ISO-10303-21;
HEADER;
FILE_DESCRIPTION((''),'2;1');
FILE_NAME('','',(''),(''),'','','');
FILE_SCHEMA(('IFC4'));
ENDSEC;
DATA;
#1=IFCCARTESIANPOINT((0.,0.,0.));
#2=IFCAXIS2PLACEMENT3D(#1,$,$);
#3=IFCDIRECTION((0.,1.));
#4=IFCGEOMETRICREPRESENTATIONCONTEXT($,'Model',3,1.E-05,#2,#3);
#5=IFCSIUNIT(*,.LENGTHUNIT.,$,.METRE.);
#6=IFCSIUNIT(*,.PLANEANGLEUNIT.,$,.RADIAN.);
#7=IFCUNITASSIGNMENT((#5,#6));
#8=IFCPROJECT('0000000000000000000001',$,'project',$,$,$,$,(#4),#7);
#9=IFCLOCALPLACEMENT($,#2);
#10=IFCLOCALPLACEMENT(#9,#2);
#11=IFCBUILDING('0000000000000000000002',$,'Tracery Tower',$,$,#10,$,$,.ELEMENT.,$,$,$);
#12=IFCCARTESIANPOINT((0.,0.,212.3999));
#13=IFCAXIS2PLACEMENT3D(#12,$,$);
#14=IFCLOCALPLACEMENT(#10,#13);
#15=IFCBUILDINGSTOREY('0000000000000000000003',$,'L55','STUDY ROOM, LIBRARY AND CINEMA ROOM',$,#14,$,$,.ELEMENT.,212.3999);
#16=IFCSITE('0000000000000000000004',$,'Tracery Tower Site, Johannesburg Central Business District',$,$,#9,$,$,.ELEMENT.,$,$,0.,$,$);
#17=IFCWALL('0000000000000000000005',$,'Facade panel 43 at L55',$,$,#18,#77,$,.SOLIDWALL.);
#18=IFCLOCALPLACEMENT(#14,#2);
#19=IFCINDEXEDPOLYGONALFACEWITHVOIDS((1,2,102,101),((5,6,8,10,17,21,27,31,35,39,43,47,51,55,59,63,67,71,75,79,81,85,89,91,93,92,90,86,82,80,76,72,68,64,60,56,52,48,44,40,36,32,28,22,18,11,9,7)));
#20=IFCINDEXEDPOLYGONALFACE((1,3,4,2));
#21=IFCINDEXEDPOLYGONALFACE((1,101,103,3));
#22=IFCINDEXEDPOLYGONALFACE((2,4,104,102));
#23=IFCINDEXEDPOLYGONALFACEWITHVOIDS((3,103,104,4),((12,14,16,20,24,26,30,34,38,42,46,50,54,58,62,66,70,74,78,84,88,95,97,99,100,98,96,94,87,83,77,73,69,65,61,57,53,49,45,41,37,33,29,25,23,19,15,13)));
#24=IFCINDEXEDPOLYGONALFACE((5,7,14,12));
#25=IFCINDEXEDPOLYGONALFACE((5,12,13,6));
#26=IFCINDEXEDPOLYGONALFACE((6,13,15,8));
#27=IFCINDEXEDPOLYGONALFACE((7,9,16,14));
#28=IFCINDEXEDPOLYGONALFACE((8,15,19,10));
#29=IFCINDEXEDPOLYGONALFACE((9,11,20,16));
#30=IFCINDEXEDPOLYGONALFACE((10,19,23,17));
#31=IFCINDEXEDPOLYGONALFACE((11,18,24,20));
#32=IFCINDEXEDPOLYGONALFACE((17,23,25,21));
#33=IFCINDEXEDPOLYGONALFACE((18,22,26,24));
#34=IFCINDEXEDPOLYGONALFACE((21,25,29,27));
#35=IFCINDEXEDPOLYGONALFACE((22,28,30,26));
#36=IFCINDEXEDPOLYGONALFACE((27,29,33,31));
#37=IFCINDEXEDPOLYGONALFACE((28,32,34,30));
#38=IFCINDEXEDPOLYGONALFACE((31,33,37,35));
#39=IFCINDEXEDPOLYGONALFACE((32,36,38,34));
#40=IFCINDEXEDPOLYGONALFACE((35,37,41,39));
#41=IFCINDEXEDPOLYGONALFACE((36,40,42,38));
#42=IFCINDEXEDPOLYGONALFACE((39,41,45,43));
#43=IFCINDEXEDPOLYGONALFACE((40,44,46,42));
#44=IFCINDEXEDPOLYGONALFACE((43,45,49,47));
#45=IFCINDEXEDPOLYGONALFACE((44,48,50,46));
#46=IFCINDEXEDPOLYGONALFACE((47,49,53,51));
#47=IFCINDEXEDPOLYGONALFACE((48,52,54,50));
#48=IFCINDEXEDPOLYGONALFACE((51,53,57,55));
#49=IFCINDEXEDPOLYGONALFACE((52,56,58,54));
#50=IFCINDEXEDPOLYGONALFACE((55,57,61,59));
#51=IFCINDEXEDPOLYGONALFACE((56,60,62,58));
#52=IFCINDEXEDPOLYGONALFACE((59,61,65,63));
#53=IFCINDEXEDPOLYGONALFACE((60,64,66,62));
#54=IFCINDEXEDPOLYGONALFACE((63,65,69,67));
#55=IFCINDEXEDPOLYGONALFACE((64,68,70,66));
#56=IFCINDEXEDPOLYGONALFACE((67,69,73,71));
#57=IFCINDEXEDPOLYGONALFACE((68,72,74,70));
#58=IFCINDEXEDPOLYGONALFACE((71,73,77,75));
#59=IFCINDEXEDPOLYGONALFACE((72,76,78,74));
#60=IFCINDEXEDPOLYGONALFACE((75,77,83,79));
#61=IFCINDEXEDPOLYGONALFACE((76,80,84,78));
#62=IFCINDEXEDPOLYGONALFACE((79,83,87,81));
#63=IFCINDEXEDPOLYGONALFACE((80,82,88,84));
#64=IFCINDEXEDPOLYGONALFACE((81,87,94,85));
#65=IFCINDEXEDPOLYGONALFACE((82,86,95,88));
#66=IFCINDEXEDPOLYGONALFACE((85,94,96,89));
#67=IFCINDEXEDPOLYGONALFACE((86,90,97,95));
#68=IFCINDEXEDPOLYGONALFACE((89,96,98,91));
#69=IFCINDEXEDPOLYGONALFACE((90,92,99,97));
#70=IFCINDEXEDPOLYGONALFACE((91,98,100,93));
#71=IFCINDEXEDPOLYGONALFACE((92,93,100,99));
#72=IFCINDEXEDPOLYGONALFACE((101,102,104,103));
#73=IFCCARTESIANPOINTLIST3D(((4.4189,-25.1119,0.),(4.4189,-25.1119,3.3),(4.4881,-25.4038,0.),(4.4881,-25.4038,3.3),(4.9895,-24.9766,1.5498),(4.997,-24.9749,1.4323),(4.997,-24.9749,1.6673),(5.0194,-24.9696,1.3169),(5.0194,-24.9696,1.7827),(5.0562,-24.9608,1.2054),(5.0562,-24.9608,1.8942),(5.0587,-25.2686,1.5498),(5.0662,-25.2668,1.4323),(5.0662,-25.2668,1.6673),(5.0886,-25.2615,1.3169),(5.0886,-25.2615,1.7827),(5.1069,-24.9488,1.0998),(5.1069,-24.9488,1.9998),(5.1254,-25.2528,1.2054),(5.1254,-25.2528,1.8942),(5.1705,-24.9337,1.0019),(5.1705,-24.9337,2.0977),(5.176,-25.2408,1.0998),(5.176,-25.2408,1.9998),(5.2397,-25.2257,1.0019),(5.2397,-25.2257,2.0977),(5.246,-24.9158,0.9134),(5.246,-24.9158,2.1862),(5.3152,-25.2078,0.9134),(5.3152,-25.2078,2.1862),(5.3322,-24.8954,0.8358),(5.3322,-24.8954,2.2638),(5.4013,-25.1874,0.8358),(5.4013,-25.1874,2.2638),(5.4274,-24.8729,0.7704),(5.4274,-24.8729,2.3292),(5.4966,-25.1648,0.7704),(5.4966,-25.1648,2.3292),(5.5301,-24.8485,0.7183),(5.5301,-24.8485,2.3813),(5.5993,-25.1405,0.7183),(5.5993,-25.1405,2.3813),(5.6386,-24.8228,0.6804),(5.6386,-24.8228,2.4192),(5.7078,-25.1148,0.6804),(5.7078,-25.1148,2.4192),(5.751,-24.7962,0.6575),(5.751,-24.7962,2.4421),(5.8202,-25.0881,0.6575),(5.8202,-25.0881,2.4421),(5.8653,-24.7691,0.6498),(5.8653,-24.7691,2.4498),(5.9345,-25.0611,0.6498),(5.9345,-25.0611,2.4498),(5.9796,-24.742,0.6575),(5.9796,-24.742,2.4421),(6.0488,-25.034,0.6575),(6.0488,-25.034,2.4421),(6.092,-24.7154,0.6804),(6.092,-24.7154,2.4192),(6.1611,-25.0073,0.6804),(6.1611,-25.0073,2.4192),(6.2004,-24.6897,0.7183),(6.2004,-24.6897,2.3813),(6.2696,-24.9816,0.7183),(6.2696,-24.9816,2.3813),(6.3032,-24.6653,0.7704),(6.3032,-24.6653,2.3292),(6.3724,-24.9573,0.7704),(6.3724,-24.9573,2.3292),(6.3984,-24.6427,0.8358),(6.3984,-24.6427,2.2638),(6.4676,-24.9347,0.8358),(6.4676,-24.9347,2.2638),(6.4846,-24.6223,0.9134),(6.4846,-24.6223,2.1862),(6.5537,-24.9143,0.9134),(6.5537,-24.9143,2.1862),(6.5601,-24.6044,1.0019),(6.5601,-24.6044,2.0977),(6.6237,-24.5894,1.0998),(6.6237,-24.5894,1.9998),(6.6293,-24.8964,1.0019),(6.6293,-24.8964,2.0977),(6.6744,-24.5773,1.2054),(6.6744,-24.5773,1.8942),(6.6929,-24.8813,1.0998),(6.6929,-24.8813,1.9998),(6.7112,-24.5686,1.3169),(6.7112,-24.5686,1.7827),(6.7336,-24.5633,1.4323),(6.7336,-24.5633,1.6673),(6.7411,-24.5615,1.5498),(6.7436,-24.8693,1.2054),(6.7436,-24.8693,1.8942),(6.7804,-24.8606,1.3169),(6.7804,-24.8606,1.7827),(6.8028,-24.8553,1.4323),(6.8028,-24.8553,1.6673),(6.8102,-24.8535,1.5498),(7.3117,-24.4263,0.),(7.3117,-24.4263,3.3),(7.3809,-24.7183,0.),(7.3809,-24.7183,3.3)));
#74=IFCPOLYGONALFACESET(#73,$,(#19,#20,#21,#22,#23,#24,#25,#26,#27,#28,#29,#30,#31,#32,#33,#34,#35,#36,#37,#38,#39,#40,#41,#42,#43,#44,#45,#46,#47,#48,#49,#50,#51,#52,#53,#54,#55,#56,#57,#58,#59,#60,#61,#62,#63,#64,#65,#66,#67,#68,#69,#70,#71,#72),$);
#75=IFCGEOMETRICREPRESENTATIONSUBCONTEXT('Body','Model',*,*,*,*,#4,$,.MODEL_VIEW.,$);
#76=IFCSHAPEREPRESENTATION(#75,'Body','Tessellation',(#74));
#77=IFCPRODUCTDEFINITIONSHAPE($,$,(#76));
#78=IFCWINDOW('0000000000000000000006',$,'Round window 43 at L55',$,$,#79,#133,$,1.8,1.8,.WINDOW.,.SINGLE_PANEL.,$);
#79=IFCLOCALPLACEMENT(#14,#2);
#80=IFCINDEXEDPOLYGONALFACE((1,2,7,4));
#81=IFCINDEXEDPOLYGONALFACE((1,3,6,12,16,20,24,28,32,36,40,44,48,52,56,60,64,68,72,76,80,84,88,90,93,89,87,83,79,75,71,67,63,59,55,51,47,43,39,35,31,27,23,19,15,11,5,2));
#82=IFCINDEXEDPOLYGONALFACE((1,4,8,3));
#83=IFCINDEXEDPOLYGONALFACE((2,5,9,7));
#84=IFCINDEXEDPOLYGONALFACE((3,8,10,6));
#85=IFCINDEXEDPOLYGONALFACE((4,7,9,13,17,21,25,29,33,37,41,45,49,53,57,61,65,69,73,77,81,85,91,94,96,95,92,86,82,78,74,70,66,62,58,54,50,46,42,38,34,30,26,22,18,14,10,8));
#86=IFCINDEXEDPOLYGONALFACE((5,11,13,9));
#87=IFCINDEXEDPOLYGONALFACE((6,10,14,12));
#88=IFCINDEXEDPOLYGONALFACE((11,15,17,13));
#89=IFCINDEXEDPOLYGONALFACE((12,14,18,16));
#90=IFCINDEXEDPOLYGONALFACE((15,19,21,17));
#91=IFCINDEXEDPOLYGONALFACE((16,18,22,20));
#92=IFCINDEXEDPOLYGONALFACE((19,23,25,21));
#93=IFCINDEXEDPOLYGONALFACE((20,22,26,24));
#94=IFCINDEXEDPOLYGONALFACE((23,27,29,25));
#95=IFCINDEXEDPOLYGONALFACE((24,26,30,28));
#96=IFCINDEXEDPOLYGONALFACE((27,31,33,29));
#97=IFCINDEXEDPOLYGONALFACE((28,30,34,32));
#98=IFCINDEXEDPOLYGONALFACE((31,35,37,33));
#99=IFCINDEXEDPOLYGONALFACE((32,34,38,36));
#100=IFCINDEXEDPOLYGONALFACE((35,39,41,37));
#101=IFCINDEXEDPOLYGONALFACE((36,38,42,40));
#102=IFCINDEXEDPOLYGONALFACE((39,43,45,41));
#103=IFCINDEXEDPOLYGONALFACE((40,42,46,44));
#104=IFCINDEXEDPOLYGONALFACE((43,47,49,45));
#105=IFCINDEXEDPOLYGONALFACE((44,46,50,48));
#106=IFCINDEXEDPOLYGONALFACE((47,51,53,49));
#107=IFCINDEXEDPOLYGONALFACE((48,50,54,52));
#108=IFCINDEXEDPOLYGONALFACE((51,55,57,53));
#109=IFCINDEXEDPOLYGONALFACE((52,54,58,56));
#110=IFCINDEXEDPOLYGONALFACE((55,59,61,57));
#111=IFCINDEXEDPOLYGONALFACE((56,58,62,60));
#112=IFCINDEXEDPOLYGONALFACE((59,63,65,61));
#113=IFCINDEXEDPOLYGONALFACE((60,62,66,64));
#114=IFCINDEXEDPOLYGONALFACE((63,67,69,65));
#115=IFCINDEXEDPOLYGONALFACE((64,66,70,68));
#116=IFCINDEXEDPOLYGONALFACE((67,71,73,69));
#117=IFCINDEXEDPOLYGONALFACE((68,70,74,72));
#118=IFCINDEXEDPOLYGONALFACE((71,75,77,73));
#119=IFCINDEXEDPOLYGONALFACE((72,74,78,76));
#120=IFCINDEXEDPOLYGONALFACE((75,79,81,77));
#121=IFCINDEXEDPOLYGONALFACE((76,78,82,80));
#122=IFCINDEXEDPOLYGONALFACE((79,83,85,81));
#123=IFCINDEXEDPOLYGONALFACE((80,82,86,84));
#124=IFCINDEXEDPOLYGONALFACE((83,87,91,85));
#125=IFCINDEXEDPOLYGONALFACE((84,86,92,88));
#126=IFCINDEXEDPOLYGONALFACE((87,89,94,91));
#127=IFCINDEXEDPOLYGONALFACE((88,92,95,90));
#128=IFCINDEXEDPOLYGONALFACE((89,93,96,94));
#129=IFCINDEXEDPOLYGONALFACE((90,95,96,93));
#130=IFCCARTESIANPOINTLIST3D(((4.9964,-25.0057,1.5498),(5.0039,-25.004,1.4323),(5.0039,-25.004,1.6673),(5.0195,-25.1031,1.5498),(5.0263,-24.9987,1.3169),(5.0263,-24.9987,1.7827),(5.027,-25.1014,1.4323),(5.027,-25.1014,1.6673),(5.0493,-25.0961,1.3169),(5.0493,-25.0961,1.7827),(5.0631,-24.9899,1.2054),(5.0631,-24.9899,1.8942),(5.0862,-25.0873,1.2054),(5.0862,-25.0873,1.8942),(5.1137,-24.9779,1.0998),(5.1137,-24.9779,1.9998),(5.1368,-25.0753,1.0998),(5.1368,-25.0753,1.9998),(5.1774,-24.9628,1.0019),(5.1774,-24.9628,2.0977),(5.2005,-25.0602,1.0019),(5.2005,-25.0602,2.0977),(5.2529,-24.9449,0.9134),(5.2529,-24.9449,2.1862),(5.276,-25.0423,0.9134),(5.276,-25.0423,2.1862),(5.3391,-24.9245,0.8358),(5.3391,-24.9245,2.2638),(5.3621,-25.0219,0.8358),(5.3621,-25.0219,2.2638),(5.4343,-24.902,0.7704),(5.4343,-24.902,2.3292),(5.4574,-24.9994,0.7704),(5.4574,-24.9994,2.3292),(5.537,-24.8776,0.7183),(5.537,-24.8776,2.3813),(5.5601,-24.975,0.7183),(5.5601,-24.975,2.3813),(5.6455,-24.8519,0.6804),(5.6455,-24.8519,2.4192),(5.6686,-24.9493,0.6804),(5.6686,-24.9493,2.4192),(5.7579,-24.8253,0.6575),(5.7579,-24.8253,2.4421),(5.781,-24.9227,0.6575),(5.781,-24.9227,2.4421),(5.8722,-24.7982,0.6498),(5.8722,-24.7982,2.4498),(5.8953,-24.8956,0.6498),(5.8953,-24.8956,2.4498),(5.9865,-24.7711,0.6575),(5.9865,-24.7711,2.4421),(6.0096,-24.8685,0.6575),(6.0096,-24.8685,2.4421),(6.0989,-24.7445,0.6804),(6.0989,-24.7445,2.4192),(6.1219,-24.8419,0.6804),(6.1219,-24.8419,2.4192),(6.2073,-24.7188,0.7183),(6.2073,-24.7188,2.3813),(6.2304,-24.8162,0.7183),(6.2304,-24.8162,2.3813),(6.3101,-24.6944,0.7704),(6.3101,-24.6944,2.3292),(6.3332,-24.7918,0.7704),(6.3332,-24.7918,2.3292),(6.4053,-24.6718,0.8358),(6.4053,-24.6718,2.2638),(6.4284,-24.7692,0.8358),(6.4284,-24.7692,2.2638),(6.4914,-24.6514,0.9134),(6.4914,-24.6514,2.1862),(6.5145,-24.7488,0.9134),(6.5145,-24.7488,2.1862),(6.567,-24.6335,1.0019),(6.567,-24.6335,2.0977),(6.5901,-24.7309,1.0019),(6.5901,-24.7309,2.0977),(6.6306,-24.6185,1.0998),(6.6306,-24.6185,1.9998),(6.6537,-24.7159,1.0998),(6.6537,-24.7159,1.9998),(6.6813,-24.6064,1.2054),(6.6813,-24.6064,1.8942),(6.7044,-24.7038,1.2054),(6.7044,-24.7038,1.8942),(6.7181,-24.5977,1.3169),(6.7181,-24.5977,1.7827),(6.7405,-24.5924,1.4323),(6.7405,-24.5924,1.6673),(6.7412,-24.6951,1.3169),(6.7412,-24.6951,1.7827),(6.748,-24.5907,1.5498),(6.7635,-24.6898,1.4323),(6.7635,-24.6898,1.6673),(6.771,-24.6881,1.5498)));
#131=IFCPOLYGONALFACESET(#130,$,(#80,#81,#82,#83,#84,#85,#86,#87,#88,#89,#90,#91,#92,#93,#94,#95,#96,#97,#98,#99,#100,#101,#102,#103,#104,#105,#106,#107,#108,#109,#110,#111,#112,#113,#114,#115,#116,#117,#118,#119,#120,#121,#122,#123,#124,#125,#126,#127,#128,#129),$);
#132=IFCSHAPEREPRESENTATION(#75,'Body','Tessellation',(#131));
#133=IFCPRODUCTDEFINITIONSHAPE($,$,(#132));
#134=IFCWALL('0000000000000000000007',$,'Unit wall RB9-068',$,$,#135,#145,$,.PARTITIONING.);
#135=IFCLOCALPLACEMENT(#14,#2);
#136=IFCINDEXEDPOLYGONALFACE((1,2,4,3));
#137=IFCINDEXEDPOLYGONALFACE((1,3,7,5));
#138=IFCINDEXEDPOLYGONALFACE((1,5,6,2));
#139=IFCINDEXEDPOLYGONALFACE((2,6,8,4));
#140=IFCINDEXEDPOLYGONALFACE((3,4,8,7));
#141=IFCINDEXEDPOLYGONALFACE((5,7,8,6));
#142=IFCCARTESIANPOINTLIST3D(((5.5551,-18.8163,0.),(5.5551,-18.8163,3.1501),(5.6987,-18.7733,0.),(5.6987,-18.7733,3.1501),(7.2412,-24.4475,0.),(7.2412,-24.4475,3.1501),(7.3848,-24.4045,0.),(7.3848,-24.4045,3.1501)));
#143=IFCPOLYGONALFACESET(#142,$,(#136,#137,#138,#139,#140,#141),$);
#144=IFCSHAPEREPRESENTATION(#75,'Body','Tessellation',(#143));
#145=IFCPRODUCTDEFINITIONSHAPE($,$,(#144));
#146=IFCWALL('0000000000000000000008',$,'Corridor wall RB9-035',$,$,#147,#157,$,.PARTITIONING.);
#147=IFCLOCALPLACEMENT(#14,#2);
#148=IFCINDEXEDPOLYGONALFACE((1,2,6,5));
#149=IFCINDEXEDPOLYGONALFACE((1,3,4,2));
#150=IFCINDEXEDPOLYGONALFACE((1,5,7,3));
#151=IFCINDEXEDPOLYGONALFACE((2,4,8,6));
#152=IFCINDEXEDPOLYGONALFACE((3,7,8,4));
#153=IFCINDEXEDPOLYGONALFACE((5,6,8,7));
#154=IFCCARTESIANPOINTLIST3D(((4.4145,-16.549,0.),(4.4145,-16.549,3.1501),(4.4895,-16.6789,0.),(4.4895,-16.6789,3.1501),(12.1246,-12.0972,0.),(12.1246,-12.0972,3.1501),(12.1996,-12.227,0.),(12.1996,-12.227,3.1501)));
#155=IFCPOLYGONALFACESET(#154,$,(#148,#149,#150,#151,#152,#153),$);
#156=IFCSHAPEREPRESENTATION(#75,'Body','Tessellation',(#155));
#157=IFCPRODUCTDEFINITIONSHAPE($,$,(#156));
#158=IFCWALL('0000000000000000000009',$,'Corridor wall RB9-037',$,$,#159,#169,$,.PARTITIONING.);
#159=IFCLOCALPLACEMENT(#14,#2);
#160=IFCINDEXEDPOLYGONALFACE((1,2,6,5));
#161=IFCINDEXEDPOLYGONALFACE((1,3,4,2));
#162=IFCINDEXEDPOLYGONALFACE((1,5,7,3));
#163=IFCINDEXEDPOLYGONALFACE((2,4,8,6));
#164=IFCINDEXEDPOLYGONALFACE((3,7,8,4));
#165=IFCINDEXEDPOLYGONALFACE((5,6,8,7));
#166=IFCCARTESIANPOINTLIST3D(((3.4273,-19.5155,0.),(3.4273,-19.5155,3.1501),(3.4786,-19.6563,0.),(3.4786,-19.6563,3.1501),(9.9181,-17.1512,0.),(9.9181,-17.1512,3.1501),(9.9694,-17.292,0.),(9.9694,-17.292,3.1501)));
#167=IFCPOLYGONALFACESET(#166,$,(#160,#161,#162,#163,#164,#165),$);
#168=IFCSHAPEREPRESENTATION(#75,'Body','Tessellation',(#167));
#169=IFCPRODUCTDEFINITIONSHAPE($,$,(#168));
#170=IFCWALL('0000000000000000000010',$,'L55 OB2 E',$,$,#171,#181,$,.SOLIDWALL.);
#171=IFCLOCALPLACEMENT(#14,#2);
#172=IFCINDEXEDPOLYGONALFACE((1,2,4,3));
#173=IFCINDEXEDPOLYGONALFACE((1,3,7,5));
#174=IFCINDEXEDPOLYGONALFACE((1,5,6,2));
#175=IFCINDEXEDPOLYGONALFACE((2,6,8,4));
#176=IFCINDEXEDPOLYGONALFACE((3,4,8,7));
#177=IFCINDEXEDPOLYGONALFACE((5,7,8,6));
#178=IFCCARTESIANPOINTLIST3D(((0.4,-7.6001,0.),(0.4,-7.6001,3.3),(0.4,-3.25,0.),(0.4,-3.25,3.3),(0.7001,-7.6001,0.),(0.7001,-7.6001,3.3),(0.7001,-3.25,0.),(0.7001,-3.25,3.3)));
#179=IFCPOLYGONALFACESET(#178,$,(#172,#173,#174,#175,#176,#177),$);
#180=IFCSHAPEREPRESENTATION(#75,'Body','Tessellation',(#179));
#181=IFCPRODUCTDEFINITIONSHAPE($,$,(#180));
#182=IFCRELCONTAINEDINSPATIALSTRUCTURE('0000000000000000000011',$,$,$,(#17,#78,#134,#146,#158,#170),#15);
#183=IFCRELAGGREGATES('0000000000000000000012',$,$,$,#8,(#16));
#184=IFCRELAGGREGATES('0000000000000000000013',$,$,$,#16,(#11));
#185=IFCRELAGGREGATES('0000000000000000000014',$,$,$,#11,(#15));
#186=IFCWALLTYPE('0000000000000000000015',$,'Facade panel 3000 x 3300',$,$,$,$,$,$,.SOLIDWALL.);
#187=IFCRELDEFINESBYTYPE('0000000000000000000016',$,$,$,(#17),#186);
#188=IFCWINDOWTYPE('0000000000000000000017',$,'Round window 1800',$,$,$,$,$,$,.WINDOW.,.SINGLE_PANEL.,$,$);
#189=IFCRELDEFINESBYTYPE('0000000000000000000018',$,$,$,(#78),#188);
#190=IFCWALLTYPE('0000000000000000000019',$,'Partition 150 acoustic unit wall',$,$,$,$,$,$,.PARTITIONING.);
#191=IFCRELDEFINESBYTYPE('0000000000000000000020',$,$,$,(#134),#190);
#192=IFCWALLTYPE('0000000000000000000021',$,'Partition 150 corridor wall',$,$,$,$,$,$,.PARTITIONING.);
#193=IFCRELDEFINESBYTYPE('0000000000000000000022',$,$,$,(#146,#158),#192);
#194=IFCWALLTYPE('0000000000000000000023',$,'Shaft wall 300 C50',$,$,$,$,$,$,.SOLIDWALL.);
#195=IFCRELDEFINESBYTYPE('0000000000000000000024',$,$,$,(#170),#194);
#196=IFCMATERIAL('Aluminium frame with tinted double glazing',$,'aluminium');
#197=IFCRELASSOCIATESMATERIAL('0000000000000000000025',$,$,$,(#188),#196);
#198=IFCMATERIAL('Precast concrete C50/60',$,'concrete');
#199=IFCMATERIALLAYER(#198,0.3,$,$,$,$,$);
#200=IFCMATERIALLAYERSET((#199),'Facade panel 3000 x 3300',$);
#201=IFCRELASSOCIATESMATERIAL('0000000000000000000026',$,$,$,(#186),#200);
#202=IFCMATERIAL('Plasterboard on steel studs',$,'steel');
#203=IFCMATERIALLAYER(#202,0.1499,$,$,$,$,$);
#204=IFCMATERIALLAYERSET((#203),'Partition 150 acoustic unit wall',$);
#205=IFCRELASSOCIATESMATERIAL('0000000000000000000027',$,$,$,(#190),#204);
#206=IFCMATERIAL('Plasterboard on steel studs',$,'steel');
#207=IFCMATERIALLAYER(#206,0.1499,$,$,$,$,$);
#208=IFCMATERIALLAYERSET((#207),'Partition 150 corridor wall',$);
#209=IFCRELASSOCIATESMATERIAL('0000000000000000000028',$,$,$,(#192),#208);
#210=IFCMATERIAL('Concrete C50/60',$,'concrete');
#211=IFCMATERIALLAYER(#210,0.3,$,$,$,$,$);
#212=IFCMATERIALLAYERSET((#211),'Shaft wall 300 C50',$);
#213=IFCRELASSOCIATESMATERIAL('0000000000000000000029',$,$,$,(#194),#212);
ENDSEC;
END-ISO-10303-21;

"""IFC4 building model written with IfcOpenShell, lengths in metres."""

from ifc_helpers import new_model, si_unit, direction, frame, frame_2d, origin, origin_2d, place, context, subcontext, project, spatial, rectangle, circle, extrude, material, layer, layer_set, type_object, element, fill, save


model = new_model("IFC4")

# Units and contexts
model_context = context("Model", 3, precision=1e-05, world=origin(), true_north=direction((0.0, 1.0)))
body_context = subcontext(model_context, "Body", "Model", "MODEL_VIEW")
ifc_project = project(units=[si_unit("LENGTHUNIT", "METRE"), si_unit("PLANEANGLEUNIT", "RADIAN")], contexts=[model_context])

# Site, building, storey
site_placement = place(None, origin())
site = spatial("IfcSite", under=ifc_project, at=site_placement, Name="Tracery Tower Site, Johannesburg Central Business District", CompositionType="ELEMENT", RefElevation=0.0)
building_placement = place(site_placement, origin())
building = spatial("IfcBuilding", under=site, at=building_placement, Name="Tracery Tower", CompositionType="ELEMENT")
storey_placement = place(building_placement, frame((0.0, 0.0, 212.3999)))
storey = spatial("IfcBuildingStorey", under=building, at=storey_placement, Name="L55", Description="STUDY ROOM, LIBRARY AND CINEMA ROOM", CompositionType="ELEMENT", Elevation=212.3999)

# Wall, opening, window
ifc_material_1 = material(Name="Aluminium frame with tinted double glazing", Category="aluminium")
window_type = type_object("IfcWindowType", Name="Round window 1800", PartitioningType="SINGLE_PANEL", PredefinedType="WINDOW", material=ifc_material_1)
ifc_material_2 = material(Name="Precast concrete C50/60", Category="concrete")
ifc_layer_1 = layer(ifc_material_2, 0.3)
ifc_layer_set_1 = layer_set([ifc_layer_1], Name="Facade panel 3000 x 3300")
wall_type_1 = type_object("IfcWallType", Name="Facade panel 3000 x 3300", PredefinedType="SOLIDWALL", material=ifc_layer_set_1)
wall_1_placement = place(storey_placement, frame((4.4536, -25.2578, 0.0), z_axis=(0.0, 0.0, 1.0), x_axis=(0.97305, 0.230595, 0.0)))
wall_1 = element("IfcWall", 1, at=wall_1_placement, inside=storey, type_object=wall_type_1, Name="Facade panel 43 at L55", PredefinedType="SOLIDWALL", context=body_context, shape_type="SweptSolid", body=[
    extrude(rectangle(XDim=2.9729, YDim=0.3, at=frame_2d((1.4863, 0.0))), origin(), (0.0, 0.0, 1.0), 3.3),
])
opening_1_placement = place(wall_1_placement, frame((1.4863, 0.0, 1.5498)))
opening_1 = element("IfcOpeningElement", 2, at=opening_1_placement, cuts=wall_1, PredefinedType="OPENING", context=body_context, shape_type="SweptSolid", body=[
    extrude(circle(Radius=0.9, at=origin_2d()), frame((0.0, 0.1599, 0.0), z_axis=(0.0, -1.0, 0.0), x_axis=(1.0, 0.0, 0.0)), (0.0, 0.0, 1.0), 0.3201),
])
window_1_placement = place(opening_1_placement, origin())
window_1 = element("IfcWindow", 3, at=window_1_placement, inside=storey, type_object=window_type, Name="Round window 43 at L55", OverallHeight=1.8, OverallWidth=1.8, PartitioningType="SINGLE_PANEL", PredefinedType="WINDOW", context=body_context, shape_type="SweptSolid", body=[
    extrude(circle(Radius=0.9, at=origin_2d()), frame((0.0, 0.1201, 0.0), z_axis=(0.0, -1.0, 0.0), x_axis=(1.0, 0.0, 0.0)), (0.0, 0.0, 1.0), 0.1001),
])
fill(opening_1, window_1)

# Walls
ifc_material_3 = material(Name="Plasterboard on steel studs", Category="steel")
ifc_layer_2 = layer(ifc_material_3, 0.1499)
ifc_layer_set_2 = layer_set([ifc_layer_2], Name="Partition 150 acoustic unit wall")
wall_type_2 = type_object("IfcWallType", Name="Partition 150 acoustic unit wall", PredefinedType="PARTITIONING", material=ifc_layer_set_2)
wall_2_placement = place(storey_placement, frame((5.627, -18.7949, 0.0), z_axis=(0.0, 0.0, 1.0), x_axis=(0.286833, -0.95798, 0.0)))
element("IfcWall", 4, at=wall_2_placement, inside=storey, type_object=wall_type_2, Name="Unit wall RB9-068", PredefinedType="PARTITIONING", context=body_context, shape_type="SweptSolid", body=[
    extrude(rectangle(XDim=5.8782, YDim=0.1499, at=frame_2d((2.939, 0.0))), origin(), (0.0, 0.0, 1.0), 3.1501),
])
ifc_material_4 = material(Name="Plasterboard on steel studs", Category="steel")
ifc_layer_3 = layer(ifc_material_4, 0.1499)
ifc_layer_set_3 = layer_set([ifc_layer_3], Name="Partition 150 corridor wall")
wall_type_3 = type_object("IfcWallType", Name="Partition 150 corridor wall", PredefinedType="PARTITIONING", material=ifc_layer_set_3)
wall_3_placement = place(storey_placement, frame((4.4519, -16.614, 0.0), z_axis=(0.0, 0.0, 1.0), x_axis=(0.866005, 0.500035, 0.0)))
element("IfcWall", 5, at=wall_3_placement, inside=storey, type_object=wall_type_3, Name="Corridor wall RB9-035", PredefinedType="PARTITIONING", context=body_context, shape_type="SweptSolid", body=[
    extrude(rectangle(XDim=8.9031, YDim=0.1499, at=frame_2d((4.4517, 0.0))), origin(), (0.0, 0.0, 1.0), 3.1501),
])
wall_4_placement = place(storey_placement, frame((3.4529, -19.5859, 0.0), z_axis=(0.0, 0.0, 1.0), x_axis=(0.939608, 0.342254, 0.0)))
element("IfcWall", 6, at=wall_4_placement, inside=storey, type_object=wall_type_3, Name="Corridor wall RB9-037", PredefinedType="PARTITIONING", context=body_context, shape_type="SweptSolid", body=[
    extrude(rectangle(XDim=6.908, YDim=0.1499, at=frame_2d((3.4541, 0.0))), origin(), (0.0, 0.0, 1.0), 3.1501),
])
ifc_material_5 = material(Name="Concrete C50/60", Category="concrete")
ifc_layer_4 = layer(ifc_material_5, 0.3)
ifc_layer_set_4 = layer_set([ifc_layer_4], Name="Shaft wall 300 C50")
wall_type_4 = type_object("IfcWallType", Name="Shaft wall 300 C50", PredefinedType="SOLIDWALL", material=ifc_layer_set_4)
wall_5_placement = place(storey_placement, frame((0.55, -7.6001, 0.0), z_axis=(0.0, 0.0, 1.0), x_axis=(0.0, 1.0, 0.0)))
element("IfcWall", 7, at=wall_5_placement, inside=storey, type_object=wall_type_4, Name="L55 OB2 E", PredefinedType="SOLIDWALL", context=body_context, shape_type="SweptSolid", body=[
    extrude(rectangle(XDim=4.3501, YDim=0.3, at=frame_2d((2.175, 0.0))), origin(), (0.0, 0.0, 1.0), 3.3),
])

save(model, "model.ifc")
